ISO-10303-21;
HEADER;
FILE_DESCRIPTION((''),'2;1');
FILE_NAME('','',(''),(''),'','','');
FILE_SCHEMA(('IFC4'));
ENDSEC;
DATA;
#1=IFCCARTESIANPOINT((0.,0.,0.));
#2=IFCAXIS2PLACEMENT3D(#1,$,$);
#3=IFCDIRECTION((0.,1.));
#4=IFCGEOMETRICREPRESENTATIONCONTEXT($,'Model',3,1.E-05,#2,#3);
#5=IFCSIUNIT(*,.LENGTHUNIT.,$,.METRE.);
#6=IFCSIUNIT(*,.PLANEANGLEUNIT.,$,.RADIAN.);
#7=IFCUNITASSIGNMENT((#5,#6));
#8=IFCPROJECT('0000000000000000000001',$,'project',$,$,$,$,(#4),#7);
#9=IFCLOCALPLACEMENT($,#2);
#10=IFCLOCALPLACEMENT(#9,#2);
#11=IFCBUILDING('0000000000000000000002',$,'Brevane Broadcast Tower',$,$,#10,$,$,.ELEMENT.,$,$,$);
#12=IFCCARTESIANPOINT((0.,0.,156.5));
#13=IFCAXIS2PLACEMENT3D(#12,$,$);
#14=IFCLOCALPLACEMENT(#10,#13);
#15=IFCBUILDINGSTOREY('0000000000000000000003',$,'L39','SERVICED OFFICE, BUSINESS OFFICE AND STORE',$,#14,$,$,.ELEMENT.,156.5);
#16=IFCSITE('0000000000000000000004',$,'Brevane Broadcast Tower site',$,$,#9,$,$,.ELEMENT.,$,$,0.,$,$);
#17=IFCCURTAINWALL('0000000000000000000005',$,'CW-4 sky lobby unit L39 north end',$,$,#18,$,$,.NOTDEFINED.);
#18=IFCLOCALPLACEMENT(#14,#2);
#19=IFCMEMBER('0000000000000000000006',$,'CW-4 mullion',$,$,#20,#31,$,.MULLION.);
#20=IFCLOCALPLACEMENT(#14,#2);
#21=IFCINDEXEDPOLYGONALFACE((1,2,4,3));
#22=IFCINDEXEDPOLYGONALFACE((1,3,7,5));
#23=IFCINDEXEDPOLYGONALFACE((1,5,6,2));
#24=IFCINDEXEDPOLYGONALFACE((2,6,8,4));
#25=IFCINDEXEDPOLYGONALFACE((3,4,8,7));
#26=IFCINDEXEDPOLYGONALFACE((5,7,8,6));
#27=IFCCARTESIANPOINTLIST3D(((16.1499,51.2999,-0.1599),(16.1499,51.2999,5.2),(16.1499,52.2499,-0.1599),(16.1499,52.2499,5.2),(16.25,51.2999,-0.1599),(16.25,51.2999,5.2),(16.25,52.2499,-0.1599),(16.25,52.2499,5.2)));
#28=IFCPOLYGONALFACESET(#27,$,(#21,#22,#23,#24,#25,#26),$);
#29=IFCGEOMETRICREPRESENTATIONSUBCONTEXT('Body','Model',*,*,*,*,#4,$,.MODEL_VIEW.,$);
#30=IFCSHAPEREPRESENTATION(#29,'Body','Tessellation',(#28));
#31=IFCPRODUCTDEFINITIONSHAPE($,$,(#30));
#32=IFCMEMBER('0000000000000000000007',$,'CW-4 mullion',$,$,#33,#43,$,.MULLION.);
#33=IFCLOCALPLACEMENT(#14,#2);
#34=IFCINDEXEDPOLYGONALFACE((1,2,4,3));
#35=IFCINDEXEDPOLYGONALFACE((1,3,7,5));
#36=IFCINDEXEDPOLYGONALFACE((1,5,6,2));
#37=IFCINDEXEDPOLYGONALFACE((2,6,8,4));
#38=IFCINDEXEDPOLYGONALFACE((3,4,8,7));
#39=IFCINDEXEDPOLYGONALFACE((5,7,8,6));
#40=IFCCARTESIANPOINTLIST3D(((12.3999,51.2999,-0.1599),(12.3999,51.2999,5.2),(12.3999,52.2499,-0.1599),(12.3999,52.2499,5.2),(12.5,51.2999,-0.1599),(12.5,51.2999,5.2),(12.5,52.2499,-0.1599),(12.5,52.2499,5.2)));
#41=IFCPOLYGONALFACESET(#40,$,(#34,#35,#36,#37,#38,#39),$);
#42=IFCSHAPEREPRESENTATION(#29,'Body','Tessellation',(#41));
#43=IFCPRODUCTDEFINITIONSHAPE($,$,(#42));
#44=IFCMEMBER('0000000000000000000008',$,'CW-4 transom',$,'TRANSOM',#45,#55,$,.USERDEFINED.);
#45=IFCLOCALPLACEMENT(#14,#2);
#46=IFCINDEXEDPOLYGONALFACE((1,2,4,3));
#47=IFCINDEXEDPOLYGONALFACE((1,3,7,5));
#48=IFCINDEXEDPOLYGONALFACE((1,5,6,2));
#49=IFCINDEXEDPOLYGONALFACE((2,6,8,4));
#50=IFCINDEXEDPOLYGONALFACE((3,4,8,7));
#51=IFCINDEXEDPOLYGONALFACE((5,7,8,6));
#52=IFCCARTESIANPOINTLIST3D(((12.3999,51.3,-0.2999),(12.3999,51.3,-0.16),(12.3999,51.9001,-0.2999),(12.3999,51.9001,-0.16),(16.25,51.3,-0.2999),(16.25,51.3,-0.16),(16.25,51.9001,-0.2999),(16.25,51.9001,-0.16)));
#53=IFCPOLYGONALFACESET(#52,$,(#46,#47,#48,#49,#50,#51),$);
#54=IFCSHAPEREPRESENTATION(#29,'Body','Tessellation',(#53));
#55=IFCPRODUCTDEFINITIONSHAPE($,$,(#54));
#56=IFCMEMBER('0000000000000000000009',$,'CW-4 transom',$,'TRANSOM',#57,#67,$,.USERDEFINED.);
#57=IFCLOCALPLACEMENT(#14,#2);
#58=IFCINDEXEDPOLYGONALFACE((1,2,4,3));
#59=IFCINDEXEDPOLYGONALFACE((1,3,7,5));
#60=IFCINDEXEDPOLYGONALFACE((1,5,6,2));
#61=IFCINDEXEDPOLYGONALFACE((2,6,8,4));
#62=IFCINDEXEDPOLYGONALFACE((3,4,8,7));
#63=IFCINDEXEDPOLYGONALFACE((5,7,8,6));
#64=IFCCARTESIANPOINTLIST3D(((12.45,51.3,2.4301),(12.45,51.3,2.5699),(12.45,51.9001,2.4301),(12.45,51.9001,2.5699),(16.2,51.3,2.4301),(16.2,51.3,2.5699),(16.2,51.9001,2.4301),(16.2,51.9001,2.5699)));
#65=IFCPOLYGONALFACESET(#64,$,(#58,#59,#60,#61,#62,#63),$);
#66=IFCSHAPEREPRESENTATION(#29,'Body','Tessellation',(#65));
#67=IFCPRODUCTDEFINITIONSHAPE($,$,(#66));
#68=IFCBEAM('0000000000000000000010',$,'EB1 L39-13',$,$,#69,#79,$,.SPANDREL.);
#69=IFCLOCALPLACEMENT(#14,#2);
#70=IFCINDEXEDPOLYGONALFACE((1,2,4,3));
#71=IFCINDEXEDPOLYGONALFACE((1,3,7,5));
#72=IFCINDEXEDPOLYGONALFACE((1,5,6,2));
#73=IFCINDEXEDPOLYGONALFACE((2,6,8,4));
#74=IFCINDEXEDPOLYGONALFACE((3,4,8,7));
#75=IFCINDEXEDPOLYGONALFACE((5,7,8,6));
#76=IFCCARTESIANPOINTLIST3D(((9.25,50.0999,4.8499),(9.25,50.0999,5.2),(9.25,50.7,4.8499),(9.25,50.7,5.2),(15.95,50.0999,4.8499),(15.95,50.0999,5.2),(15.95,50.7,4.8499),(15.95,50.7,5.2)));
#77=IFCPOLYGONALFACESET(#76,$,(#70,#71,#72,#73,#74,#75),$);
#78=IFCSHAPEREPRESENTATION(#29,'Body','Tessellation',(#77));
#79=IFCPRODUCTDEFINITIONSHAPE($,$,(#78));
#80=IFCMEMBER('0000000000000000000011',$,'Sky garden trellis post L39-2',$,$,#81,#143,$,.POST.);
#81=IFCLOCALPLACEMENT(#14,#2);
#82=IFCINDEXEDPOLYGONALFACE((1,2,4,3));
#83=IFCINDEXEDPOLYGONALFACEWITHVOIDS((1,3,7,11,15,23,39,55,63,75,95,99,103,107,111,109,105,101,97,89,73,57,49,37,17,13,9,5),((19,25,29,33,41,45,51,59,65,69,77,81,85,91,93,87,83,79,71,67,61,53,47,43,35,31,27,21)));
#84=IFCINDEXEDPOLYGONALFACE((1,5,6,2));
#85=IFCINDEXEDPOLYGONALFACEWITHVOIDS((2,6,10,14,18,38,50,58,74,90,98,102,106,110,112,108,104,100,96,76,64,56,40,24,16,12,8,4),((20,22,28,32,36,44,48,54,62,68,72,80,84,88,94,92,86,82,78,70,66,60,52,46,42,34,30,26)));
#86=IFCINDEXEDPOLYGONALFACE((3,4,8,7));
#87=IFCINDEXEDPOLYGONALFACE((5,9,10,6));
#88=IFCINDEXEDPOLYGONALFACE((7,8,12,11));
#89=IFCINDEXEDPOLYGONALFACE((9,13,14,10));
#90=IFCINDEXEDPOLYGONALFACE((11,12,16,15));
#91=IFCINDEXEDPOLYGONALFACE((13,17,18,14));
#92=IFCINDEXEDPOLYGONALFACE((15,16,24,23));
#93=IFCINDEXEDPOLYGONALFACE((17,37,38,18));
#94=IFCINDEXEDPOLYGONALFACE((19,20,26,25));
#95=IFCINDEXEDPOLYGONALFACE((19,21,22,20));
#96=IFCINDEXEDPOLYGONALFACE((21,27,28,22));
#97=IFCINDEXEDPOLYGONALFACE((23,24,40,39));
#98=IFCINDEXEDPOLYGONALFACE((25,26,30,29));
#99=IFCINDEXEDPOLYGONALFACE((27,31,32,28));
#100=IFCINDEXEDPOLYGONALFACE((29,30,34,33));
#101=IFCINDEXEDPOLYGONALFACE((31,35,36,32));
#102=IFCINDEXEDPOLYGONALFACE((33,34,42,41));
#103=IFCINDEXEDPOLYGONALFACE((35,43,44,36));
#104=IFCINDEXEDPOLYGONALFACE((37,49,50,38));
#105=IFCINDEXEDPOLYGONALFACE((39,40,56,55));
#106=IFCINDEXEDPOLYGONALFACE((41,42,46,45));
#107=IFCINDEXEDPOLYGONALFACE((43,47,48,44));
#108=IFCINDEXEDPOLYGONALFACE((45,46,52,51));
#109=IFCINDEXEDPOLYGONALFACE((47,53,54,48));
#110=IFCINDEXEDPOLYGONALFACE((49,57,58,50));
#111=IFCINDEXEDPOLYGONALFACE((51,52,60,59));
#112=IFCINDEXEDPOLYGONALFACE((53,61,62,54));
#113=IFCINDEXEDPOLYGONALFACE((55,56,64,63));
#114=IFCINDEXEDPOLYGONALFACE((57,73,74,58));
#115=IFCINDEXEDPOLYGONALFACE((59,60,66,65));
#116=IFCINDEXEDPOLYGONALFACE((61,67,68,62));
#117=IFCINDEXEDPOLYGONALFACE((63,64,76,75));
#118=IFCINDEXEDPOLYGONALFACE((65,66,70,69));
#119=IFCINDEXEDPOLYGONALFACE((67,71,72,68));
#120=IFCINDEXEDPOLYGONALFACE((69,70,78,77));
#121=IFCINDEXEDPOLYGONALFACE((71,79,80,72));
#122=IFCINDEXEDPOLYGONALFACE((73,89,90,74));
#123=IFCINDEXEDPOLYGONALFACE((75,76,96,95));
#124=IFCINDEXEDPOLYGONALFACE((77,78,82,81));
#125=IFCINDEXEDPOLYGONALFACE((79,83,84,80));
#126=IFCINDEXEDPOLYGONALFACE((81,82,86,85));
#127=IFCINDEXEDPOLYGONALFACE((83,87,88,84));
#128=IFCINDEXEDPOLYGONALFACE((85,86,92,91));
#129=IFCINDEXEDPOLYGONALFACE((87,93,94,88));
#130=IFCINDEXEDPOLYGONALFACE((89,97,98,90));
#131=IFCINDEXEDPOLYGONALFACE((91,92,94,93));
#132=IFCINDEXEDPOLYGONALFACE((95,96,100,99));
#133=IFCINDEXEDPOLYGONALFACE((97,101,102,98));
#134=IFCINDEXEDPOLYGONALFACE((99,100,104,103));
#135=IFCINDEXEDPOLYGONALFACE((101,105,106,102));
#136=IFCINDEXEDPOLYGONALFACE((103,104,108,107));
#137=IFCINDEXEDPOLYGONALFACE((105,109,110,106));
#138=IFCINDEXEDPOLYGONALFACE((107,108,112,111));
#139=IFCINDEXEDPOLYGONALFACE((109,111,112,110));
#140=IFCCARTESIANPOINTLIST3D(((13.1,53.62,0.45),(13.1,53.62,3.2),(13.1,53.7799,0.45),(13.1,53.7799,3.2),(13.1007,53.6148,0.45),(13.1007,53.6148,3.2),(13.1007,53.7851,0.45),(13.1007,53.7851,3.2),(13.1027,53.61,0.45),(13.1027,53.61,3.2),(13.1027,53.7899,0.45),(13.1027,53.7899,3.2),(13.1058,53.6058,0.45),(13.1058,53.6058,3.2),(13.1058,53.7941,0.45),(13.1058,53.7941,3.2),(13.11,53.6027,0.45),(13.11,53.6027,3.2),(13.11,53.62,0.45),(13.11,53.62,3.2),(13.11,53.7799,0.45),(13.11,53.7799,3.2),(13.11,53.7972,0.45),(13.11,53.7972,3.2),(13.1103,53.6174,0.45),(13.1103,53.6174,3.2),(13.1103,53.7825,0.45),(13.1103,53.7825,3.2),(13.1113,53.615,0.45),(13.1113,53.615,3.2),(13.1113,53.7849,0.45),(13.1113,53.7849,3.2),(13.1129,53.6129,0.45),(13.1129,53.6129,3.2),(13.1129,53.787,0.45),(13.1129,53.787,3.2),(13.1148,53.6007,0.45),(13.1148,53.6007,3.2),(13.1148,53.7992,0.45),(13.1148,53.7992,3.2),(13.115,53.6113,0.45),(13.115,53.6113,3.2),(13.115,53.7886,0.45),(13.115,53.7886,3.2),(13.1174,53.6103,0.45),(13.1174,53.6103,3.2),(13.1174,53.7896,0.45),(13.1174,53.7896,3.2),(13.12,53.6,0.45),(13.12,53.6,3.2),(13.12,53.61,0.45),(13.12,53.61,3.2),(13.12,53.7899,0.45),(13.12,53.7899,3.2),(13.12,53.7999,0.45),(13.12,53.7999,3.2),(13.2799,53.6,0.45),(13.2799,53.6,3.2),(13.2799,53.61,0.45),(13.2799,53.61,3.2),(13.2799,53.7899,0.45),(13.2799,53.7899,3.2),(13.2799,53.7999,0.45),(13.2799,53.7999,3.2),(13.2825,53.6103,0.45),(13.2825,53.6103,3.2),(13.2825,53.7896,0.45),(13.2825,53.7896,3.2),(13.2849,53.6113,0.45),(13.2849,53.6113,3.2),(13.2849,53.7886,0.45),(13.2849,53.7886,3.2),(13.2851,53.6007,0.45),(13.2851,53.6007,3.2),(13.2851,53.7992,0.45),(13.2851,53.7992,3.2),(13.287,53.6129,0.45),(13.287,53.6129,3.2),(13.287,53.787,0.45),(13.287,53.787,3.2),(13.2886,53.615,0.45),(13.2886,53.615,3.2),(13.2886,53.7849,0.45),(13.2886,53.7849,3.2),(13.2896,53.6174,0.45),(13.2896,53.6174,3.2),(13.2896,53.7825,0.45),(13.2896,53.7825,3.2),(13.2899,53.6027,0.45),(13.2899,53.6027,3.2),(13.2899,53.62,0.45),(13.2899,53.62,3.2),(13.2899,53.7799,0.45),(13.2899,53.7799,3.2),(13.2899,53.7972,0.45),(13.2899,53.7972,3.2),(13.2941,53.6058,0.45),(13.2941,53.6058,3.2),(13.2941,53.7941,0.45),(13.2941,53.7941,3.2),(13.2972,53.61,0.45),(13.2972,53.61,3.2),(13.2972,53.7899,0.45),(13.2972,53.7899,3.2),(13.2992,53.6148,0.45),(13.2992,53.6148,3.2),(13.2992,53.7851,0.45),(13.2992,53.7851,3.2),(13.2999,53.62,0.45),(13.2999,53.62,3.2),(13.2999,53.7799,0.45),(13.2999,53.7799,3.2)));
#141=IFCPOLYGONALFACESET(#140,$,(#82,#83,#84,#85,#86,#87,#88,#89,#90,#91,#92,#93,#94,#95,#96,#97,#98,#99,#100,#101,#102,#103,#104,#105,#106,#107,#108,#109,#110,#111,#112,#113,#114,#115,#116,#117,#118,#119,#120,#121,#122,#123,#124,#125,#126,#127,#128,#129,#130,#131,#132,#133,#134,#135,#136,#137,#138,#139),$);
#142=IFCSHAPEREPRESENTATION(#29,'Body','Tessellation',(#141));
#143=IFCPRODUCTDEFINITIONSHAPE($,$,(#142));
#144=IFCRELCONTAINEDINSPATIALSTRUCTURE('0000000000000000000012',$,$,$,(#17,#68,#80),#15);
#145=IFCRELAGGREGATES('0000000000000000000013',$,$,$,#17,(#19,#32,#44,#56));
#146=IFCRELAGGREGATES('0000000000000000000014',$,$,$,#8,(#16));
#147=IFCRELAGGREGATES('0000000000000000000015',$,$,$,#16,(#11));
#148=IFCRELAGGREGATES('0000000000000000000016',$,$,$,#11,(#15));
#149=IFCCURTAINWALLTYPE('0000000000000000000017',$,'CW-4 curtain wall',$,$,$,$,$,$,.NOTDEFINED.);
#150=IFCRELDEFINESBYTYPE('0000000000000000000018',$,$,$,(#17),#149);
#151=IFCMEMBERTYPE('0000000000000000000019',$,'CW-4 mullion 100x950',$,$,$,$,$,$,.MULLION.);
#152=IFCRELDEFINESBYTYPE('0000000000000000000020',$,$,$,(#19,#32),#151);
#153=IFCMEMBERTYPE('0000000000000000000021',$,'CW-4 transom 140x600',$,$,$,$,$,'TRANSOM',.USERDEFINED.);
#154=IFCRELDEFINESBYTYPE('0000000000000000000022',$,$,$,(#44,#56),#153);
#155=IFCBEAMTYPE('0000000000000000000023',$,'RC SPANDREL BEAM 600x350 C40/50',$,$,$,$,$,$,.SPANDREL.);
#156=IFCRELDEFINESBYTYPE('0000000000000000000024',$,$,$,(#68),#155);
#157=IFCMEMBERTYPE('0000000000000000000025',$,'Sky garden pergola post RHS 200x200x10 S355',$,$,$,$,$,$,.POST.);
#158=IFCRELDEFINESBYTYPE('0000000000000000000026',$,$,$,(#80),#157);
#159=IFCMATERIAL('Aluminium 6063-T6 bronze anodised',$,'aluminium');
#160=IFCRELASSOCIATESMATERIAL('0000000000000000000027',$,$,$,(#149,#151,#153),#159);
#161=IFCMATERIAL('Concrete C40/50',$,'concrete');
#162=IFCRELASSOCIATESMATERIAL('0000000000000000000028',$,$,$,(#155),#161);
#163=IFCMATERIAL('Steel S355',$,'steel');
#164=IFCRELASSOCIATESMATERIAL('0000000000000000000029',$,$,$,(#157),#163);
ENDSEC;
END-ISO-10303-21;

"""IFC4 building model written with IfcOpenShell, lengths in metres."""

from ifc_helpers import new_model, si_unit, direction, frame, origin, origin_2d, place, context, subcontext, project, spatial, rectangle, hollow_rectangle, extrude, material, material_profile, profile_set, type_object, element, aggregate, save


model = new_model("IFC4")

# Units and contexts
model_context = context("Model", 3, precision=1e-05, world=origin(), true_north=direction((0.0, 1.0)))
body_context = subcontext(model_context, "Body", "Model", "MODEL_VIEW")
ifc_project = project(units=[si_unit("LENGTHUNIT", "METRE"), si_unit("PLANEANGLEUNIT", "RADIAN")], contexts=[model_context])

# Site, building, storey
site_placement = place(None, origin())
site = spatial("IfcSite", under=ifc_project, at=site_placement, Name="Brevane Broadcast Tower site", CompositionType="ELEMENT", RefElevation=0.0)
building_placement = place(site_placement, origin())
building = spatial("IfcBuilding", under=site, at=building_placement, Name="Brevane Broadcast Tower", CompositionType="ELEMENT")
storey_placement = place(building_placement, frame((0.0, 0.0, 156.5)))
storey = spatial("IfcBuildingStorey", under=building, at=storey_placement, Name="L39", Description="SERVICED OFFICE, BUSINESS OFFICE AND STORE", CompositionType="ELEMENT", Elevation=156.5)

# Curtain wall, members
ifc_material_1 = material(Name="Aluminium 6063-T6 bronze anodised", Category="aluminium")
curtain_wall_type = type_object("IfcCurtainWallType", Name="CW-4 curtain wall", PredefinedType="NOTDEFINED", material=ifc_material_1)
curtain_wall_placement = place(storey_placement, origin())
curtain_wall = element("IfcCurtainWall", 1, at=curtain_wall_placement, inside=storey, type_object=curtain_wall_type, Name="CW-4 sky lobby unit L39 north end", PredefinedType="NOTDEFINED")
ifc_material_profile_1 = material_profile(ifc_material_1, rectangle(XDim=0.95, YDim=0.1001, at=origin_2d()), Name="RECT 100x950")
ifc_profile_set_1 = profile_set([ifc_material_profile_1], Name="Aluminium 6063-T6 bronze anodised")
member_type_1 = type_object("IfcMemberType", Name="CW-4 mullion 100x950", PredefinedType="MULLION", material=ifc_profile_set_1)
member_1_placement = place(storey_placement, frame((16.2, 51.7749, -0.1599), z_axis=(0.0, 0.0, 1.0), x_axis=(0.0, -1.0, 0.0)))
member_1 = element("IfcMember", 2, at=member_1_placement, type_object=member_type_1, Name="CW-4 mullion", PredefinedType="MULLION", context=body_context, shape_type="SweptSolid", body=[
    extrude(rectangle(XDim=0.95, YDim=0.1001, at=origin_2d()), origin(), (0.0, 0.0, 1.0), 5.3599),
])
member_2_placement = place(storey_placement, frame((12.45, 51.7749, -0.1599), z_axis=(0.0, 0.0, 1.0), x_axis=(0.0, -1.0, 0.0)))
member_2 = element("IfcMember", 3, at=member_2_placement, type_object=member_type_1, Name="CW-4 mullion", PredefinedType="MULLION", context=body_context, shape_type="SweptSolid", body=[
    extrude(rectangle(XDim=0.95, YDim=0.1001, at=origin_2d()), origin(), (0.0, 0.0, 1.0), 5.3599),
])
ifc_material_profile_2 = material_profile(ifc_material_1, rectangle(XDim=0.6001, YDim=0.1399, at=origin_2d()), Name="RECT 140x600")
ifc_profile_set_2 = profile_set([ifc_material_profile_2], Name="Aluminium 6063-T6 bronze anodised")
member_type_2 = type_object("IfcMemberType", Name="CW-4 transom 140x600", ElementType="TRANSOM", PredefinedType="USERDEFINED", material=ifc_profile_set_2)
member_3_placement = place(storey_placement, frame((16.25, 51.6001, -0.23), z_axis=(-1.0, 0.0, 0.0), x_axis=(0.0, -1.0, 0.0)))
member_3 = element("IfcMember", 4, at=member_3_placement, type_object=member_type_2, Name="CW-4 transom", ObjectType="TRANSOM", PredefinedType="USERDEFINED", context=body_context, shape_type="SweptSolid", body=[
    extrude(rectangle(XDim=0.6001, YDim=0.1399, at=origin_2d()), origin(), (0.0, 0.0, 1.0), 3.8501),
])
member_4_placement = place(storey_placement, frame((16.2, 51.6001, 2.5), z_axis=(-1.0, 0.0, 0.0), x_axis=(0.0, -1.0, 0.0)))
member_4 = element("IfcMember", 5, at=member_4_placement, type_object=member_type_2, Name="CW-4 transom", ObjectType="TRANSOM", PredefinedType="USERDEFINED", context=body_context, shape_type="SweptSolid", body=[
    extrude(rectangle(XDim=0.6001, YDim=0.1399, at=origin_2d()), origin(), (0.0, 0.0, 1.0), 3.75),
])
aggregate(curtain_wall, [member_1, member_2, member_3, member_4])

# Beam
ifc_material_2 = material(Name="Concrete C40/50", Category="concrete")
ifc_material_profile_3 = material_profile(ifc_material_2, rectangle(XDim=0.6001, YDim=0.3501, at=origin_2d()), Name="RC 600x350")
ifc_profile_set_3 = profile_set([ifc_material_profile_3], Name="Concrete C40/50")
beam_type = type_object("IfcBeamType", Name="RC SPANDREL BEAM 600x350 C40/50", PredefinedType="SPANDREL", material=ifc_profile_set_3)
beam_placement = place(storey_placement, frame((15.95, 50.3999, 5.0249), z_axis=(-1.0, 0.0, 0.0), x_axis=(0.0, -1.0, 0.0)))
element("IfcBeam", 6, at=beam_placement, inside=storey, type_object=beam_type, Name="EB1 L39-13", PredefinedType="SPANDREL", context=body_context, shape_type="SweptSolid", body=[
    extrude(rectangle(XDim=0.6001, YDim=0.3501, at=origin_2d()), origin(), (0.0, 0.0, 1.0), 6.7),
])

# Member
ifc_material_3 = material(Name="Steel S355", Category="steel")
ifc_material_profile_4 = material_profile(ifc_material_3, hollow_rectangle(XDim=0.2, YDim=0.2, WallThickness=0.01, InnerFilletRadius=0.01, OuterFilletRadius=0.02, at=origin_2d()), Name="RHS 200x200x10")
ifc_profile_set_4 = profile_set([ifc_material_profile_4], Name="Steel S355")
member_type_3 = type_object("IfcMemberType", Name="Sky garden pergola post RHS 200x200x10 S355", PredefinedType="POST", material=ifc_profile_set_4)
for number, where, z_axis, x_axis, name in (
    (7, (13.2, 53.7, 0.45), (0.0, 0.0, 1.0), (1.0, 0.0, 0.0), "Sky garden trellis post L39-2"),
):
    element("IfcMember", number, at=place(storey_placement, frame(where, z_axis=z_axis, x_axis=x_axis)), inside=storey, type_object=member_type_3, Name=name, PredefinedType="POST", context=body_context, shape_type="SweptSolid", body=[
        extrude(hollow_rectangle(XDim=0.2, YDim=0.2, WallThickness=0.01, InnerFilletRadius=0.01, OuterFilletRadius=0.02, at=origin_2d()), origin(), (0.0, 0.0, 1.0), 2.75),
    ])

save(model, "model.ifc")
